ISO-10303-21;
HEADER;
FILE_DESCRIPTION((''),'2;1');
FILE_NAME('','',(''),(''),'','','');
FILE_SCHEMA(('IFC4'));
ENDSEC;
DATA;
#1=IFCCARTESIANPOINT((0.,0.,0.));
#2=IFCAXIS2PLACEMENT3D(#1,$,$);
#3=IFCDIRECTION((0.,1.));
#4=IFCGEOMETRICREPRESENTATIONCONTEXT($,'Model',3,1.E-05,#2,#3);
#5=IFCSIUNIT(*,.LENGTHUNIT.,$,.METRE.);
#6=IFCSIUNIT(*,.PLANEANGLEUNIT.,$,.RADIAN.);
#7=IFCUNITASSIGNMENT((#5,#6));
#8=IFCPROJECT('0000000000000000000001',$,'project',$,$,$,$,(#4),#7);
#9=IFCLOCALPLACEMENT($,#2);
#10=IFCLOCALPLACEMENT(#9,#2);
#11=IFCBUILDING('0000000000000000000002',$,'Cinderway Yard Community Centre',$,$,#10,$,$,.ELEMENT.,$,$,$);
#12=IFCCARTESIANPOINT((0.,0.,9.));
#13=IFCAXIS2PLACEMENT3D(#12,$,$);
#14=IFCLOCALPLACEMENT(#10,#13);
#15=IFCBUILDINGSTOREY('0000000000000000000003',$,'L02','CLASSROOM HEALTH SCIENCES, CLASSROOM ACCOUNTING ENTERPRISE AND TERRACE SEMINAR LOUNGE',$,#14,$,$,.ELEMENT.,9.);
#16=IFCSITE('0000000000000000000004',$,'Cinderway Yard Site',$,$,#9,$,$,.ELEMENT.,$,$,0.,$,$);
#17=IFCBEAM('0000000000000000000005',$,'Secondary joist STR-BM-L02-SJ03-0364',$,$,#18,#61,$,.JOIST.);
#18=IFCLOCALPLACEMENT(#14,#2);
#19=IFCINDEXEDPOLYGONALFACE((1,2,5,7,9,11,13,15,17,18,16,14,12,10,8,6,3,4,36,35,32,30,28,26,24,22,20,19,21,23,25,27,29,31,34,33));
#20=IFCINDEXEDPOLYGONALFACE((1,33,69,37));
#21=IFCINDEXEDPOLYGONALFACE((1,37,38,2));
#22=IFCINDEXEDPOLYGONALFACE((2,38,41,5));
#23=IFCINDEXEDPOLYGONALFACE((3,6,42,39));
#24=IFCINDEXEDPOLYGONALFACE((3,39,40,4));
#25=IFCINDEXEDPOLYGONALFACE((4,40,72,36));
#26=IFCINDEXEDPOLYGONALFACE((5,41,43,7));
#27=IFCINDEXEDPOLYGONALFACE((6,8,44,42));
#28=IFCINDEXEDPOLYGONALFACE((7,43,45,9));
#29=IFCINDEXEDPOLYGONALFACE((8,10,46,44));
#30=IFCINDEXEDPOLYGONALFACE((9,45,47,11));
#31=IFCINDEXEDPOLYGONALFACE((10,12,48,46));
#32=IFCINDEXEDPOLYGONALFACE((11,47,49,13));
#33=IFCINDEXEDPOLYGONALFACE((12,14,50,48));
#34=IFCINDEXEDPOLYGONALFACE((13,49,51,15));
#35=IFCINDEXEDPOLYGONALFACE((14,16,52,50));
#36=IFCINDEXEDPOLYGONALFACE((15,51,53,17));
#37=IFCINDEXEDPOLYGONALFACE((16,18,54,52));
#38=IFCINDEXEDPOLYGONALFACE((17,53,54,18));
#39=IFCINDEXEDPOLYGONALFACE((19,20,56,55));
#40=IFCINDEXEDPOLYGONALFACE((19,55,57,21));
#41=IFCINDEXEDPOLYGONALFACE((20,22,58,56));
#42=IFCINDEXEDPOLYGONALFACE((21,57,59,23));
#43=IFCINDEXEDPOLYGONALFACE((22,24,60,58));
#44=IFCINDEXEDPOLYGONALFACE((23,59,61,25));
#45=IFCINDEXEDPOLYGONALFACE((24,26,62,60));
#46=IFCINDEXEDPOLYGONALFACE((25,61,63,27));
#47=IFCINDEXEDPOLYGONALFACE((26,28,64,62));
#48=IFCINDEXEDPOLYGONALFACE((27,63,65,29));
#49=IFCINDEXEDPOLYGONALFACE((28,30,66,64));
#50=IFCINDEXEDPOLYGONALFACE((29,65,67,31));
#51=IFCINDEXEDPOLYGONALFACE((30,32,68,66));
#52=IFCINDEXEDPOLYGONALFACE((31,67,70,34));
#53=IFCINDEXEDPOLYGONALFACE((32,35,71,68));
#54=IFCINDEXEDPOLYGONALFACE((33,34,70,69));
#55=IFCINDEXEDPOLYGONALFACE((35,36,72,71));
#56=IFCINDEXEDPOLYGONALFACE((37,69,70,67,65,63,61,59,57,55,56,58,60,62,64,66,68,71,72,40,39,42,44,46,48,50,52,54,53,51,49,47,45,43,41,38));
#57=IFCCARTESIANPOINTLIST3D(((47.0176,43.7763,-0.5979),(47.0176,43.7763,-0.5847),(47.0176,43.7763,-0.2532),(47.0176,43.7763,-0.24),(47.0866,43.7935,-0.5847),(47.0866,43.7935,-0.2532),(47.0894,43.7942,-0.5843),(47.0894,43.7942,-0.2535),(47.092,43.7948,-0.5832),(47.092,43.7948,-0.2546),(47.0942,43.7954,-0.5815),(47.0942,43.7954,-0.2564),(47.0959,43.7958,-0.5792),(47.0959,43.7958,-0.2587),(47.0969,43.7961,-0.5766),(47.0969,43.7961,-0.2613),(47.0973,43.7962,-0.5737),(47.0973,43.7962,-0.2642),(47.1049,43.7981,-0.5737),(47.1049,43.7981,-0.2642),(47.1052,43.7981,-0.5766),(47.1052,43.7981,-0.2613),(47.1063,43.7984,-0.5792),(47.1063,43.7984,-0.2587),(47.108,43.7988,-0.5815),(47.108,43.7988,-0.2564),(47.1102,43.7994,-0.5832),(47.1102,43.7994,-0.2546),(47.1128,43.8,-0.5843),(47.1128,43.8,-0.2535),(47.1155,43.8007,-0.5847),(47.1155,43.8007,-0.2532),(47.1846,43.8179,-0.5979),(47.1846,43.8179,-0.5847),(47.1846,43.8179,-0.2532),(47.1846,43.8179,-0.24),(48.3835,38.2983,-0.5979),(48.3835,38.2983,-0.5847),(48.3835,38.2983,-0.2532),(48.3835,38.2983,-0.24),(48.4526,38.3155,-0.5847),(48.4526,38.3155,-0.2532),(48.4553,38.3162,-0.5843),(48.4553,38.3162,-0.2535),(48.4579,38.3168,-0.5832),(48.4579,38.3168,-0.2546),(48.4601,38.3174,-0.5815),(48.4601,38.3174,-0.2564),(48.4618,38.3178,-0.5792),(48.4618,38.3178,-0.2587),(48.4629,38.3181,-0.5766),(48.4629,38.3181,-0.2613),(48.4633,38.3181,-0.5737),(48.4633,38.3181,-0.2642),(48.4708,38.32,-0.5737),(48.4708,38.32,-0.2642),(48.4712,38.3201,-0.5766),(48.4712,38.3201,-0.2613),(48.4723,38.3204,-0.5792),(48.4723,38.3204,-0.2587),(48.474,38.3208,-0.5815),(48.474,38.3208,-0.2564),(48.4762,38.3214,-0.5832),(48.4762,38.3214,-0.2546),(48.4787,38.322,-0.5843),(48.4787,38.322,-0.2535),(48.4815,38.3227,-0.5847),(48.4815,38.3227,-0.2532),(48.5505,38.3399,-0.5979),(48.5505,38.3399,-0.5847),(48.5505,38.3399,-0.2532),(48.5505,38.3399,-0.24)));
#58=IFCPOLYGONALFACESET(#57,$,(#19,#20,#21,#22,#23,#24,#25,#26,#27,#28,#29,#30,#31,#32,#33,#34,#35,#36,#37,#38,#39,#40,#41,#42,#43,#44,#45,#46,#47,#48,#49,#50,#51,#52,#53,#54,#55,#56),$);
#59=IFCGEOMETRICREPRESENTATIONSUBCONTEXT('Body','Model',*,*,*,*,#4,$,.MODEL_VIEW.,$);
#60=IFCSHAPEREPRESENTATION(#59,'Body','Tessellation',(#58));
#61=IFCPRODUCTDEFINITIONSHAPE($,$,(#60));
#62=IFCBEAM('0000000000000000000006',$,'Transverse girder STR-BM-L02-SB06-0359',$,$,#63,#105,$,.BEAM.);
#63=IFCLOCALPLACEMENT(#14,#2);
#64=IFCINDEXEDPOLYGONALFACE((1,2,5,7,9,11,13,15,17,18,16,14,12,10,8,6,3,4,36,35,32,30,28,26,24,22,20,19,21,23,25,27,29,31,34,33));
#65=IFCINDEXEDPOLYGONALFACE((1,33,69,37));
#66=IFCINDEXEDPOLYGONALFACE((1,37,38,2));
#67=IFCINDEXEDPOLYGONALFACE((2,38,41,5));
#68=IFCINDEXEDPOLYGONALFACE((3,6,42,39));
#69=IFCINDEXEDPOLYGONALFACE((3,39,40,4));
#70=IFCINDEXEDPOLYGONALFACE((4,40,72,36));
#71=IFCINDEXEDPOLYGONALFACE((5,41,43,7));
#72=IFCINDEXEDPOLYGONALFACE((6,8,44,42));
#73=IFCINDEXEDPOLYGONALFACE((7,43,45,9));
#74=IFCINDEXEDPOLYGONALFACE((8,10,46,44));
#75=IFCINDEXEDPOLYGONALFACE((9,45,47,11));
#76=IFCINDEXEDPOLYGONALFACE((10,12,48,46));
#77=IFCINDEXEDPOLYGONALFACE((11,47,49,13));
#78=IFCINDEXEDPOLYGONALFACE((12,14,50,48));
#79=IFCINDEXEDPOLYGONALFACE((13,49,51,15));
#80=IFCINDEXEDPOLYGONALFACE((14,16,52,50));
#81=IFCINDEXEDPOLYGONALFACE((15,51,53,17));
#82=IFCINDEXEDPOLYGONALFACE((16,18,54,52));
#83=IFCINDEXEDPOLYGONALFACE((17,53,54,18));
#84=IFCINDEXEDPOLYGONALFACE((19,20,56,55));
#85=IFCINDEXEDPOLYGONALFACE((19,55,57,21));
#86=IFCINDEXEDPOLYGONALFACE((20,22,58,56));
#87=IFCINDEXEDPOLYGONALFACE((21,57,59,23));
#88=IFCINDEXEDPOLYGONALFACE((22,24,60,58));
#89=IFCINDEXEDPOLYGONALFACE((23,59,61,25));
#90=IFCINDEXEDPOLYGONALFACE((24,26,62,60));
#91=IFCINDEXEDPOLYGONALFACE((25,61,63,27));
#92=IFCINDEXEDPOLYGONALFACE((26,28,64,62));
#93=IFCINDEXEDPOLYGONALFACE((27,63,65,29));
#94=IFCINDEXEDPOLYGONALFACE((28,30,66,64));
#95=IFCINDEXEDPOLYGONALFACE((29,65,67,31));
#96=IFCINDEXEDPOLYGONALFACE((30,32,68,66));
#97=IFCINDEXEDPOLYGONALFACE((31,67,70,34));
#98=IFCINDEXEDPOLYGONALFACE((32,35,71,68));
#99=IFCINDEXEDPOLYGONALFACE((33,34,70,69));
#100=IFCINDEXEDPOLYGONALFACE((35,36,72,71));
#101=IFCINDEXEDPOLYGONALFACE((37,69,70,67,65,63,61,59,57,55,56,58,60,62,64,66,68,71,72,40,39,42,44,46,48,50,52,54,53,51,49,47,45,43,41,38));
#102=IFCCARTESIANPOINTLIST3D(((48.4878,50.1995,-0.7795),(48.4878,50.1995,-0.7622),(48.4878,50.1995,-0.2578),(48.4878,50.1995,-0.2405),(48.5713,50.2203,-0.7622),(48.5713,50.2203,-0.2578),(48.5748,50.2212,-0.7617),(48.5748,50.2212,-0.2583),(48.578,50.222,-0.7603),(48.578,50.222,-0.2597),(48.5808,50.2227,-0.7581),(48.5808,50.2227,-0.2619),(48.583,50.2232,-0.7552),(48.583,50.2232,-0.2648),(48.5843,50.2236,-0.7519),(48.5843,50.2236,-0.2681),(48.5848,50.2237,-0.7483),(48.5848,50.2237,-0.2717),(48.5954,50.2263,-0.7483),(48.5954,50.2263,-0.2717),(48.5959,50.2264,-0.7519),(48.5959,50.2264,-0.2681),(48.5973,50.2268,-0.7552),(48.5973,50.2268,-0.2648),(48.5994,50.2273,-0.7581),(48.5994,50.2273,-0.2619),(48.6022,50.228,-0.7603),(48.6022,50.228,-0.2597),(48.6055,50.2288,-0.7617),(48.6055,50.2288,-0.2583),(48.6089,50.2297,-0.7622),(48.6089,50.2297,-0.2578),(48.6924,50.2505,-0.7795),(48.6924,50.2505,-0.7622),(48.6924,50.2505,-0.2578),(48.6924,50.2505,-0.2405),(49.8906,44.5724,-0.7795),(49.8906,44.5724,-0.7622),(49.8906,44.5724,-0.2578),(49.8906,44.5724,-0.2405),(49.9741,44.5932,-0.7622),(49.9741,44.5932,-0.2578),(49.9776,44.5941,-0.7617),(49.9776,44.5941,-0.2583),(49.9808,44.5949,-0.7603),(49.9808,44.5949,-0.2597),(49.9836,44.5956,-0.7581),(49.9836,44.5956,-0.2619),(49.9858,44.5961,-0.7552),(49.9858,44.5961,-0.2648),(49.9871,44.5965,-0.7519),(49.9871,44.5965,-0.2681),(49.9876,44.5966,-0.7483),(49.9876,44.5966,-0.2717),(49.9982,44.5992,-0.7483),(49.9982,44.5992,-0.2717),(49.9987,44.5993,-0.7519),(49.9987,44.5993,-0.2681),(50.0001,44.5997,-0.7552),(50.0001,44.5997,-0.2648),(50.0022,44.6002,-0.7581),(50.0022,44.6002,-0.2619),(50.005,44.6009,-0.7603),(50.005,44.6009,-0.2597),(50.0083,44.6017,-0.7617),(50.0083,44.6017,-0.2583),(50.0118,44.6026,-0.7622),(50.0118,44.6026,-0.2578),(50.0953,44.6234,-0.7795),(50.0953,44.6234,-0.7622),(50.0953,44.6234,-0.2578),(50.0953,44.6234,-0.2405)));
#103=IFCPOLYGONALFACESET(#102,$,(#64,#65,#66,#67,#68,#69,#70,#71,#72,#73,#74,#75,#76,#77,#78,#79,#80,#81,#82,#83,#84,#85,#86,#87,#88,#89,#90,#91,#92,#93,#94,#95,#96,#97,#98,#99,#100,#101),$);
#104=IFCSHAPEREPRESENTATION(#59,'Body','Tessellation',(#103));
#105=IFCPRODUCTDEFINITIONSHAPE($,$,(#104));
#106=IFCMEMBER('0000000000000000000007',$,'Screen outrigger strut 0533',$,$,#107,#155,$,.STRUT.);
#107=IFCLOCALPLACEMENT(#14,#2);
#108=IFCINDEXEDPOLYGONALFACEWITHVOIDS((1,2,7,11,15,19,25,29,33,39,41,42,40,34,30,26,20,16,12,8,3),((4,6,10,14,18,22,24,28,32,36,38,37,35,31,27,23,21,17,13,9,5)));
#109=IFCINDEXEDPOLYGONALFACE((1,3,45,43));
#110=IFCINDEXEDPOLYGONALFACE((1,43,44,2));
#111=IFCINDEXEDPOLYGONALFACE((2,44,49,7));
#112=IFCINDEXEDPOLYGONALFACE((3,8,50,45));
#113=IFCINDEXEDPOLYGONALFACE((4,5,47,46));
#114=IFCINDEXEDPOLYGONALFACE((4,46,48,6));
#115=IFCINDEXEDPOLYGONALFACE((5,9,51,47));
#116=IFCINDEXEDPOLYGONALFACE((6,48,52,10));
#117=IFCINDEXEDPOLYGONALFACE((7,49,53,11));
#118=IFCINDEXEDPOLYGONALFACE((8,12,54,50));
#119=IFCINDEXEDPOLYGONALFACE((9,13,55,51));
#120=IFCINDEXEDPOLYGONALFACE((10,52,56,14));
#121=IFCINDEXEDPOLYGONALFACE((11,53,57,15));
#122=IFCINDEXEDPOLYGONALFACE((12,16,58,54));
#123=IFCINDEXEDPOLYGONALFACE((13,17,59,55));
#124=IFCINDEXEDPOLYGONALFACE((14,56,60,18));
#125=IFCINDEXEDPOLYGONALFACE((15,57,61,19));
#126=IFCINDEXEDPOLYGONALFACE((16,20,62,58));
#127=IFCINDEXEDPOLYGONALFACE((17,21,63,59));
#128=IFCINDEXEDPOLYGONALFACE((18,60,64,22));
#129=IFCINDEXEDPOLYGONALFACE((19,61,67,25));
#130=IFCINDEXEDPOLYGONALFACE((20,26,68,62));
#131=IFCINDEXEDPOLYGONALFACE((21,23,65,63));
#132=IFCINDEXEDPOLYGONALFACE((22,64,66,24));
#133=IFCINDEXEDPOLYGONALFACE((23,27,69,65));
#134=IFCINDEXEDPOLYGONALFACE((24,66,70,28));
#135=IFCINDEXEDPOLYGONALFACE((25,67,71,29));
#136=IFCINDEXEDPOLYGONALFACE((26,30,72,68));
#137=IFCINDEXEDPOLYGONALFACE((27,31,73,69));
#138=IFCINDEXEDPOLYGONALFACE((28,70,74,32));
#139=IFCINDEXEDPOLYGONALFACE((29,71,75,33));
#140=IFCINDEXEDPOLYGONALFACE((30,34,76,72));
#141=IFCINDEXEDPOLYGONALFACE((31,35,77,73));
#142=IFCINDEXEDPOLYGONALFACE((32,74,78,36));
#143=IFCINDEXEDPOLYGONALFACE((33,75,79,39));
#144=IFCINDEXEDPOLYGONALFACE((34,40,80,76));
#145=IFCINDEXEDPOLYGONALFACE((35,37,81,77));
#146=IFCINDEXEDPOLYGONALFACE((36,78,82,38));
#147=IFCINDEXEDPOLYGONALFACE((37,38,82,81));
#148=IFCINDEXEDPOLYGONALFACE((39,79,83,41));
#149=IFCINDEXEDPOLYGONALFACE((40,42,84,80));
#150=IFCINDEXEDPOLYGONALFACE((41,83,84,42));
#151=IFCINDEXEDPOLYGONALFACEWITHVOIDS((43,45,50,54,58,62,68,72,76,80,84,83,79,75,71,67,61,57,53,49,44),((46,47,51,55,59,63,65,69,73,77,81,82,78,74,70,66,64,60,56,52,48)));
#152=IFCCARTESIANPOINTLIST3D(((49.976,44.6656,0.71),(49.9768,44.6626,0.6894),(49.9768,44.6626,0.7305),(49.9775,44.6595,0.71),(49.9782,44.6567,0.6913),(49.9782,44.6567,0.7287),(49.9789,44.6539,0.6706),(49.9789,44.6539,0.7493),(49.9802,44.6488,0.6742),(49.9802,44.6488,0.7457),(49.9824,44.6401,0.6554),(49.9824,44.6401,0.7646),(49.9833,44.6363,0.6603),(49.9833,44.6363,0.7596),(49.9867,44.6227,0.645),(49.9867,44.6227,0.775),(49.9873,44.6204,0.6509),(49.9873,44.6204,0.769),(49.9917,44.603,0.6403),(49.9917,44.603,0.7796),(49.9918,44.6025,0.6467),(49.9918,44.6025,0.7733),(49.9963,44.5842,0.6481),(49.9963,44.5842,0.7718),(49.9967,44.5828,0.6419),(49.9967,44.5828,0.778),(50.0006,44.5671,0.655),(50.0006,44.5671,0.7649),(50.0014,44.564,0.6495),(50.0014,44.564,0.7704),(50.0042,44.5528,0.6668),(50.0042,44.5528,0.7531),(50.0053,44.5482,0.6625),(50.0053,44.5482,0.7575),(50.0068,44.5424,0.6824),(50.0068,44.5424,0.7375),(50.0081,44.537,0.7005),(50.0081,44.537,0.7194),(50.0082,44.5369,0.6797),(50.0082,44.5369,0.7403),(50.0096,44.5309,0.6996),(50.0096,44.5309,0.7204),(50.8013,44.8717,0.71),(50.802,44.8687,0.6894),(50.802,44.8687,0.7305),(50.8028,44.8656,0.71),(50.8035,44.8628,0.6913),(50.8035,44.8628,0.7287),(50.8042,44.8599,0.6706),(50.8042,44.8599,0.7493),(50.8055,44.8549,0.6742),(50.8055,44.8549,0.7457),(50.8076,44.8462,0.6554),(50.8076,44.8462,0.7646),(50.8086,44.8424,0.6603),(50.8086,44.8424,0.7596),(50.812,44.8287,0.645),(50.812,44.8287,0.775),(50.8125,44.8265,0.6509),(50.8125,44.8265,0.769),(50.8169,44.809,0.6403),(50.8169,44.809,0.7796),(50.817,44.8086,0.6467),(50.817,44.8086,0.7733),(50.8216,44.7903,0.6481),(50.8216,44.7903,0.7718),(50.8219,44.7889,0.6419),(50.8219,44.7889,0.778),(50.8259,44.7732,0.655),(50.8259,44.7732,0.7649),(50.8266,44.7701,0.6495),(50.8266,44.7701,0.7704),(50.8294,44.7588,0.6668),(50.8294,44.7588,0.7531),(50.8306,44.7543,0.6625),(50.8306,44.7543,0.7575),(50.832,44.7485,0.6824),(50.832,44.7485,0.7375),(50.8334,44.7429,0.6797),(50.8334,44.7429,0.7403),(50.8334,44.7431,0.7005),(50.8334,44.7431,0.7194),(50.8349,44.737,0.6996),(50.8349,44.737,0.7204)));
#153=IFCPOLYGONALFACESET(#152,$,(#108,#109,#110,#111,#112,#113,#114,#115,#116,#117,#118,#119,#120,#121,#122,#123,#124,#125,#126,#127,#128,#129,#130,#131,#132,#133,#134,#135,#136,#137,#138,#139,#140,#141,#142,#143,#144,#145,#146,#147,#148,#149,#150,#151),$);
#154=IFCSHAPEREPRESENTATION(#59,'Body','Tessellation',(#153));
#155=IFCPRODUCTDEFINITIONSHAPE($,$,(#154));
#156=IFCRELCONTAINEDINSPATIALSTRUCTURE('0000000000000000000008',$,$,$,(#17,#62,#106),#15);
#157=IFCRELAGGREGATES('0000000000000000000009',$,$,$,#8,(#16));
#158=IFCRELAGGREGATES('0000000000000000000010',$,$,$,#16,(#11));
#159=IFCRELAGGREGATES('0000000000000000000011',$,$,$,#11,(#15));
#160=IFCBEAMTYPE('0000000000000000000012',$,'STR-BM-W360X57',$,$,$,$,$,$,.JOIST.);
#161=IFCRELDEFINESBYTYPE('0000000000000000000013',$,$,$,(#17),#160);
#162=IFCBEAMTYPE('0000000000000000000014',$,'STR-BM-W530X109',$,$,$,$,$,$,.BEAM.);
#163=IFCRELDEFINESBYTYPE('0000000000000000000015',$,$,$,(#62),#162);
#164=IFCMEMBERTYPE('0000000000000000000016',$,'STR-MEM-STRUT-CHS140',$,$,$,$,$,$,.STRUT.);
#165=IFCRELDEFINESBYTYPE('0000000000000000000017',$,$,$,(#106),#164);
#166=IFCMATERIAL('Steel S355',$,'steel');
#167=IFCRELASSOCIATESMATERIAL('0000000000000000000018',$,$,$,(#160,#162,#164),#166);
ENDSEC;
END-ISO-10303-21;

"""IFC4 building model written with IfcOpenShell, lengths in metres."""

from ifc_helpers import new_model, si_unit, direction, frame, origin, origin_2d, place, context, subcontext, project, spatial, hollow_circle, i_section, extrude, material, material_profile, profile_set, type_object, element, save


model = new_model("IFC4")

# Units and contexts
model_context = context("Model", 3, precision=1e-05, world=origin(), true_north=direction((0.0, 1.0)))
body_context = subcontext(model_context, "Body", "Model", "MODEL_VIEW")
ifc_project = project(units=[si_unit("LENGTHUNIT", "METRE"), si_unit("PLANEANGLEUNIT", "RADIAN")], contexts=[model_context])

# Site, building, storey
site_placement = place(None, origin())
site = spatial("IfcSite", under=ifc_project, at=site_placement, Name="Cinderway Yard Site", CompositionType="ELEMENT", RefElevation=0.0)
building_placement = place(site_placement, origin())
building = spatial("IfcBuilding", under=site, at=building_placement, Name="Cinderway Yard Community Centre", CompositionType="ELEMENT")
storey_placement = place(building_placement, frame((0.0, 0.0, 9.0)))
storey = spatial("IfcBuildingStorey", under=building, at=storey_placement, Name="L02", Description="CLASSROOM HEALTH SCIENCES, CLASSROOM ACCOUNTING ENTERPRISE AND TERRACE SEMINAR LOUNGE", CompositionType="ELEMENT", Elevation=9.0)

# Beams
ifc_material_1 = material(Name="Steel S355", Category="steel")
ifc_material_profile_1 = material_profile(ifc_material_1, i_section(OverallWidth=0.1721, OverallDepth=0.3579, WebThickness=0.0078, FlangeThickness=0.0132, FilletRadius=0.011, at=origin_2d()), Name="Steel S355")
ifc_profile_set_1 = profile_set([ifc_material_profile_1], Name="Steel S355")
beam_type_1 = type_object("IfcBeamType", Name="STR-BM-W360X57", PredefinedType="JOIST", material=ifc_profile_set_1)
beam_1_placement = place(storey_placement, frame((48.467, 38.3191, -0.4189), z_axis=(-0.241945, 0.97029, 0.0), x_axis=(-0.97029, -0.241945, 0.0)))
element("IfcBeam", 1, at=beam_1_placement, inside=storey, type_object=beam_type_1, Name="Secondary joist STR-BM-L02-SJ03-0364", PredefinedType="JOIST", context=body_context, shape_type="SweptSolid", body=[
    extrude(i_section(OverallWidth=0.1721, OverallDepth=0.3579, WebThickness=0.0078, FlangeThickness=0.0132, FilletRadius=0.011, at=origin_2d()), origin(), (0.0, 0.0, 1.0), 5.6458),
])
ifc_material_profile_2 = material_profile(ifc_material_1, i_section(OverallWidth=0.2109, OverallDepth=0.5391, WebThickness=0.011, FlangeThickness=0.0173, FilletRadius=0.0139, at=origin_2d()), Name="Steel S355")
ifc_profile_set_2 = profile_set([ifc_material_profile_2], Name="Steel S355")
beam_type_2 = type_object("IfcBeamType", Name="STR-BM-W530X109", PredefinedType="BEAM", material=ifc_profile_set_2)
beam_2_placement = place(storey_placement, frame((49.9929, 44.5979, -0.51), z_axis=(-0.241892, 0.970303, 0.0), x_axis=(-0.970303, -0.241892, 0.0)))
element("IfcBeam", 2, at=beam_2_placement, inside=storey, type_object=beam_type_2, Name="Transverse girder STR-BM-L02-SB06-0359", PredefinedType="BEAM", context=body_context, shape_type="SweptSolid", body=[
    extrude(i_section(OverallWidth=0.2109, OverallDepth=0.5391, WebThickness=0.011, FlangeThickness=0.0173, FilletRadius=0.0139, at=origin_2d()), origin(), (0.0, 0.0, 1.0), 5.7993),
])

# Member
ifc_material_profile_3 = material_profile(ifc_material_1, hollow_circle(Radius=0.0698, WallThickness=0.0063, at=origin_2d()), Name="Steel S355")
ifc_profile_set_3 = profile_set([ifc_material_profile_3], Name="Steel S355")
member_type_1 = type_object("IfcMemberType", Name="STR-MEM-STRUT-CHS140", PredefinedType="STRUT", material=ifc_profile_set_3)
for number, where, z_axis, x_axis, name in (
    (3, (49.9929, 44.5979, 0.71), (0.97021, 0.242265, 0.0), (-0.242265, 0.97021, 0.0), "Screen outrigger strut 0533"),
):
    element("IfcMember", number, at=place(storey_placement, frame(where, z_axis=z_axis, x_axis=x_axis)), inside=storey, type_object=member_type_1, Name=name, PredefinedType="STRUT", context=body_context, shape_type="SweptSolid", body=[
        extrude(hollow_circle(Radius=0.0698, WallThickness=0.0063, at=origin_2d()), origin(), (0.0, 0.0, 1.0), 0.8506),
    ])

save(model, "model.ifc")
